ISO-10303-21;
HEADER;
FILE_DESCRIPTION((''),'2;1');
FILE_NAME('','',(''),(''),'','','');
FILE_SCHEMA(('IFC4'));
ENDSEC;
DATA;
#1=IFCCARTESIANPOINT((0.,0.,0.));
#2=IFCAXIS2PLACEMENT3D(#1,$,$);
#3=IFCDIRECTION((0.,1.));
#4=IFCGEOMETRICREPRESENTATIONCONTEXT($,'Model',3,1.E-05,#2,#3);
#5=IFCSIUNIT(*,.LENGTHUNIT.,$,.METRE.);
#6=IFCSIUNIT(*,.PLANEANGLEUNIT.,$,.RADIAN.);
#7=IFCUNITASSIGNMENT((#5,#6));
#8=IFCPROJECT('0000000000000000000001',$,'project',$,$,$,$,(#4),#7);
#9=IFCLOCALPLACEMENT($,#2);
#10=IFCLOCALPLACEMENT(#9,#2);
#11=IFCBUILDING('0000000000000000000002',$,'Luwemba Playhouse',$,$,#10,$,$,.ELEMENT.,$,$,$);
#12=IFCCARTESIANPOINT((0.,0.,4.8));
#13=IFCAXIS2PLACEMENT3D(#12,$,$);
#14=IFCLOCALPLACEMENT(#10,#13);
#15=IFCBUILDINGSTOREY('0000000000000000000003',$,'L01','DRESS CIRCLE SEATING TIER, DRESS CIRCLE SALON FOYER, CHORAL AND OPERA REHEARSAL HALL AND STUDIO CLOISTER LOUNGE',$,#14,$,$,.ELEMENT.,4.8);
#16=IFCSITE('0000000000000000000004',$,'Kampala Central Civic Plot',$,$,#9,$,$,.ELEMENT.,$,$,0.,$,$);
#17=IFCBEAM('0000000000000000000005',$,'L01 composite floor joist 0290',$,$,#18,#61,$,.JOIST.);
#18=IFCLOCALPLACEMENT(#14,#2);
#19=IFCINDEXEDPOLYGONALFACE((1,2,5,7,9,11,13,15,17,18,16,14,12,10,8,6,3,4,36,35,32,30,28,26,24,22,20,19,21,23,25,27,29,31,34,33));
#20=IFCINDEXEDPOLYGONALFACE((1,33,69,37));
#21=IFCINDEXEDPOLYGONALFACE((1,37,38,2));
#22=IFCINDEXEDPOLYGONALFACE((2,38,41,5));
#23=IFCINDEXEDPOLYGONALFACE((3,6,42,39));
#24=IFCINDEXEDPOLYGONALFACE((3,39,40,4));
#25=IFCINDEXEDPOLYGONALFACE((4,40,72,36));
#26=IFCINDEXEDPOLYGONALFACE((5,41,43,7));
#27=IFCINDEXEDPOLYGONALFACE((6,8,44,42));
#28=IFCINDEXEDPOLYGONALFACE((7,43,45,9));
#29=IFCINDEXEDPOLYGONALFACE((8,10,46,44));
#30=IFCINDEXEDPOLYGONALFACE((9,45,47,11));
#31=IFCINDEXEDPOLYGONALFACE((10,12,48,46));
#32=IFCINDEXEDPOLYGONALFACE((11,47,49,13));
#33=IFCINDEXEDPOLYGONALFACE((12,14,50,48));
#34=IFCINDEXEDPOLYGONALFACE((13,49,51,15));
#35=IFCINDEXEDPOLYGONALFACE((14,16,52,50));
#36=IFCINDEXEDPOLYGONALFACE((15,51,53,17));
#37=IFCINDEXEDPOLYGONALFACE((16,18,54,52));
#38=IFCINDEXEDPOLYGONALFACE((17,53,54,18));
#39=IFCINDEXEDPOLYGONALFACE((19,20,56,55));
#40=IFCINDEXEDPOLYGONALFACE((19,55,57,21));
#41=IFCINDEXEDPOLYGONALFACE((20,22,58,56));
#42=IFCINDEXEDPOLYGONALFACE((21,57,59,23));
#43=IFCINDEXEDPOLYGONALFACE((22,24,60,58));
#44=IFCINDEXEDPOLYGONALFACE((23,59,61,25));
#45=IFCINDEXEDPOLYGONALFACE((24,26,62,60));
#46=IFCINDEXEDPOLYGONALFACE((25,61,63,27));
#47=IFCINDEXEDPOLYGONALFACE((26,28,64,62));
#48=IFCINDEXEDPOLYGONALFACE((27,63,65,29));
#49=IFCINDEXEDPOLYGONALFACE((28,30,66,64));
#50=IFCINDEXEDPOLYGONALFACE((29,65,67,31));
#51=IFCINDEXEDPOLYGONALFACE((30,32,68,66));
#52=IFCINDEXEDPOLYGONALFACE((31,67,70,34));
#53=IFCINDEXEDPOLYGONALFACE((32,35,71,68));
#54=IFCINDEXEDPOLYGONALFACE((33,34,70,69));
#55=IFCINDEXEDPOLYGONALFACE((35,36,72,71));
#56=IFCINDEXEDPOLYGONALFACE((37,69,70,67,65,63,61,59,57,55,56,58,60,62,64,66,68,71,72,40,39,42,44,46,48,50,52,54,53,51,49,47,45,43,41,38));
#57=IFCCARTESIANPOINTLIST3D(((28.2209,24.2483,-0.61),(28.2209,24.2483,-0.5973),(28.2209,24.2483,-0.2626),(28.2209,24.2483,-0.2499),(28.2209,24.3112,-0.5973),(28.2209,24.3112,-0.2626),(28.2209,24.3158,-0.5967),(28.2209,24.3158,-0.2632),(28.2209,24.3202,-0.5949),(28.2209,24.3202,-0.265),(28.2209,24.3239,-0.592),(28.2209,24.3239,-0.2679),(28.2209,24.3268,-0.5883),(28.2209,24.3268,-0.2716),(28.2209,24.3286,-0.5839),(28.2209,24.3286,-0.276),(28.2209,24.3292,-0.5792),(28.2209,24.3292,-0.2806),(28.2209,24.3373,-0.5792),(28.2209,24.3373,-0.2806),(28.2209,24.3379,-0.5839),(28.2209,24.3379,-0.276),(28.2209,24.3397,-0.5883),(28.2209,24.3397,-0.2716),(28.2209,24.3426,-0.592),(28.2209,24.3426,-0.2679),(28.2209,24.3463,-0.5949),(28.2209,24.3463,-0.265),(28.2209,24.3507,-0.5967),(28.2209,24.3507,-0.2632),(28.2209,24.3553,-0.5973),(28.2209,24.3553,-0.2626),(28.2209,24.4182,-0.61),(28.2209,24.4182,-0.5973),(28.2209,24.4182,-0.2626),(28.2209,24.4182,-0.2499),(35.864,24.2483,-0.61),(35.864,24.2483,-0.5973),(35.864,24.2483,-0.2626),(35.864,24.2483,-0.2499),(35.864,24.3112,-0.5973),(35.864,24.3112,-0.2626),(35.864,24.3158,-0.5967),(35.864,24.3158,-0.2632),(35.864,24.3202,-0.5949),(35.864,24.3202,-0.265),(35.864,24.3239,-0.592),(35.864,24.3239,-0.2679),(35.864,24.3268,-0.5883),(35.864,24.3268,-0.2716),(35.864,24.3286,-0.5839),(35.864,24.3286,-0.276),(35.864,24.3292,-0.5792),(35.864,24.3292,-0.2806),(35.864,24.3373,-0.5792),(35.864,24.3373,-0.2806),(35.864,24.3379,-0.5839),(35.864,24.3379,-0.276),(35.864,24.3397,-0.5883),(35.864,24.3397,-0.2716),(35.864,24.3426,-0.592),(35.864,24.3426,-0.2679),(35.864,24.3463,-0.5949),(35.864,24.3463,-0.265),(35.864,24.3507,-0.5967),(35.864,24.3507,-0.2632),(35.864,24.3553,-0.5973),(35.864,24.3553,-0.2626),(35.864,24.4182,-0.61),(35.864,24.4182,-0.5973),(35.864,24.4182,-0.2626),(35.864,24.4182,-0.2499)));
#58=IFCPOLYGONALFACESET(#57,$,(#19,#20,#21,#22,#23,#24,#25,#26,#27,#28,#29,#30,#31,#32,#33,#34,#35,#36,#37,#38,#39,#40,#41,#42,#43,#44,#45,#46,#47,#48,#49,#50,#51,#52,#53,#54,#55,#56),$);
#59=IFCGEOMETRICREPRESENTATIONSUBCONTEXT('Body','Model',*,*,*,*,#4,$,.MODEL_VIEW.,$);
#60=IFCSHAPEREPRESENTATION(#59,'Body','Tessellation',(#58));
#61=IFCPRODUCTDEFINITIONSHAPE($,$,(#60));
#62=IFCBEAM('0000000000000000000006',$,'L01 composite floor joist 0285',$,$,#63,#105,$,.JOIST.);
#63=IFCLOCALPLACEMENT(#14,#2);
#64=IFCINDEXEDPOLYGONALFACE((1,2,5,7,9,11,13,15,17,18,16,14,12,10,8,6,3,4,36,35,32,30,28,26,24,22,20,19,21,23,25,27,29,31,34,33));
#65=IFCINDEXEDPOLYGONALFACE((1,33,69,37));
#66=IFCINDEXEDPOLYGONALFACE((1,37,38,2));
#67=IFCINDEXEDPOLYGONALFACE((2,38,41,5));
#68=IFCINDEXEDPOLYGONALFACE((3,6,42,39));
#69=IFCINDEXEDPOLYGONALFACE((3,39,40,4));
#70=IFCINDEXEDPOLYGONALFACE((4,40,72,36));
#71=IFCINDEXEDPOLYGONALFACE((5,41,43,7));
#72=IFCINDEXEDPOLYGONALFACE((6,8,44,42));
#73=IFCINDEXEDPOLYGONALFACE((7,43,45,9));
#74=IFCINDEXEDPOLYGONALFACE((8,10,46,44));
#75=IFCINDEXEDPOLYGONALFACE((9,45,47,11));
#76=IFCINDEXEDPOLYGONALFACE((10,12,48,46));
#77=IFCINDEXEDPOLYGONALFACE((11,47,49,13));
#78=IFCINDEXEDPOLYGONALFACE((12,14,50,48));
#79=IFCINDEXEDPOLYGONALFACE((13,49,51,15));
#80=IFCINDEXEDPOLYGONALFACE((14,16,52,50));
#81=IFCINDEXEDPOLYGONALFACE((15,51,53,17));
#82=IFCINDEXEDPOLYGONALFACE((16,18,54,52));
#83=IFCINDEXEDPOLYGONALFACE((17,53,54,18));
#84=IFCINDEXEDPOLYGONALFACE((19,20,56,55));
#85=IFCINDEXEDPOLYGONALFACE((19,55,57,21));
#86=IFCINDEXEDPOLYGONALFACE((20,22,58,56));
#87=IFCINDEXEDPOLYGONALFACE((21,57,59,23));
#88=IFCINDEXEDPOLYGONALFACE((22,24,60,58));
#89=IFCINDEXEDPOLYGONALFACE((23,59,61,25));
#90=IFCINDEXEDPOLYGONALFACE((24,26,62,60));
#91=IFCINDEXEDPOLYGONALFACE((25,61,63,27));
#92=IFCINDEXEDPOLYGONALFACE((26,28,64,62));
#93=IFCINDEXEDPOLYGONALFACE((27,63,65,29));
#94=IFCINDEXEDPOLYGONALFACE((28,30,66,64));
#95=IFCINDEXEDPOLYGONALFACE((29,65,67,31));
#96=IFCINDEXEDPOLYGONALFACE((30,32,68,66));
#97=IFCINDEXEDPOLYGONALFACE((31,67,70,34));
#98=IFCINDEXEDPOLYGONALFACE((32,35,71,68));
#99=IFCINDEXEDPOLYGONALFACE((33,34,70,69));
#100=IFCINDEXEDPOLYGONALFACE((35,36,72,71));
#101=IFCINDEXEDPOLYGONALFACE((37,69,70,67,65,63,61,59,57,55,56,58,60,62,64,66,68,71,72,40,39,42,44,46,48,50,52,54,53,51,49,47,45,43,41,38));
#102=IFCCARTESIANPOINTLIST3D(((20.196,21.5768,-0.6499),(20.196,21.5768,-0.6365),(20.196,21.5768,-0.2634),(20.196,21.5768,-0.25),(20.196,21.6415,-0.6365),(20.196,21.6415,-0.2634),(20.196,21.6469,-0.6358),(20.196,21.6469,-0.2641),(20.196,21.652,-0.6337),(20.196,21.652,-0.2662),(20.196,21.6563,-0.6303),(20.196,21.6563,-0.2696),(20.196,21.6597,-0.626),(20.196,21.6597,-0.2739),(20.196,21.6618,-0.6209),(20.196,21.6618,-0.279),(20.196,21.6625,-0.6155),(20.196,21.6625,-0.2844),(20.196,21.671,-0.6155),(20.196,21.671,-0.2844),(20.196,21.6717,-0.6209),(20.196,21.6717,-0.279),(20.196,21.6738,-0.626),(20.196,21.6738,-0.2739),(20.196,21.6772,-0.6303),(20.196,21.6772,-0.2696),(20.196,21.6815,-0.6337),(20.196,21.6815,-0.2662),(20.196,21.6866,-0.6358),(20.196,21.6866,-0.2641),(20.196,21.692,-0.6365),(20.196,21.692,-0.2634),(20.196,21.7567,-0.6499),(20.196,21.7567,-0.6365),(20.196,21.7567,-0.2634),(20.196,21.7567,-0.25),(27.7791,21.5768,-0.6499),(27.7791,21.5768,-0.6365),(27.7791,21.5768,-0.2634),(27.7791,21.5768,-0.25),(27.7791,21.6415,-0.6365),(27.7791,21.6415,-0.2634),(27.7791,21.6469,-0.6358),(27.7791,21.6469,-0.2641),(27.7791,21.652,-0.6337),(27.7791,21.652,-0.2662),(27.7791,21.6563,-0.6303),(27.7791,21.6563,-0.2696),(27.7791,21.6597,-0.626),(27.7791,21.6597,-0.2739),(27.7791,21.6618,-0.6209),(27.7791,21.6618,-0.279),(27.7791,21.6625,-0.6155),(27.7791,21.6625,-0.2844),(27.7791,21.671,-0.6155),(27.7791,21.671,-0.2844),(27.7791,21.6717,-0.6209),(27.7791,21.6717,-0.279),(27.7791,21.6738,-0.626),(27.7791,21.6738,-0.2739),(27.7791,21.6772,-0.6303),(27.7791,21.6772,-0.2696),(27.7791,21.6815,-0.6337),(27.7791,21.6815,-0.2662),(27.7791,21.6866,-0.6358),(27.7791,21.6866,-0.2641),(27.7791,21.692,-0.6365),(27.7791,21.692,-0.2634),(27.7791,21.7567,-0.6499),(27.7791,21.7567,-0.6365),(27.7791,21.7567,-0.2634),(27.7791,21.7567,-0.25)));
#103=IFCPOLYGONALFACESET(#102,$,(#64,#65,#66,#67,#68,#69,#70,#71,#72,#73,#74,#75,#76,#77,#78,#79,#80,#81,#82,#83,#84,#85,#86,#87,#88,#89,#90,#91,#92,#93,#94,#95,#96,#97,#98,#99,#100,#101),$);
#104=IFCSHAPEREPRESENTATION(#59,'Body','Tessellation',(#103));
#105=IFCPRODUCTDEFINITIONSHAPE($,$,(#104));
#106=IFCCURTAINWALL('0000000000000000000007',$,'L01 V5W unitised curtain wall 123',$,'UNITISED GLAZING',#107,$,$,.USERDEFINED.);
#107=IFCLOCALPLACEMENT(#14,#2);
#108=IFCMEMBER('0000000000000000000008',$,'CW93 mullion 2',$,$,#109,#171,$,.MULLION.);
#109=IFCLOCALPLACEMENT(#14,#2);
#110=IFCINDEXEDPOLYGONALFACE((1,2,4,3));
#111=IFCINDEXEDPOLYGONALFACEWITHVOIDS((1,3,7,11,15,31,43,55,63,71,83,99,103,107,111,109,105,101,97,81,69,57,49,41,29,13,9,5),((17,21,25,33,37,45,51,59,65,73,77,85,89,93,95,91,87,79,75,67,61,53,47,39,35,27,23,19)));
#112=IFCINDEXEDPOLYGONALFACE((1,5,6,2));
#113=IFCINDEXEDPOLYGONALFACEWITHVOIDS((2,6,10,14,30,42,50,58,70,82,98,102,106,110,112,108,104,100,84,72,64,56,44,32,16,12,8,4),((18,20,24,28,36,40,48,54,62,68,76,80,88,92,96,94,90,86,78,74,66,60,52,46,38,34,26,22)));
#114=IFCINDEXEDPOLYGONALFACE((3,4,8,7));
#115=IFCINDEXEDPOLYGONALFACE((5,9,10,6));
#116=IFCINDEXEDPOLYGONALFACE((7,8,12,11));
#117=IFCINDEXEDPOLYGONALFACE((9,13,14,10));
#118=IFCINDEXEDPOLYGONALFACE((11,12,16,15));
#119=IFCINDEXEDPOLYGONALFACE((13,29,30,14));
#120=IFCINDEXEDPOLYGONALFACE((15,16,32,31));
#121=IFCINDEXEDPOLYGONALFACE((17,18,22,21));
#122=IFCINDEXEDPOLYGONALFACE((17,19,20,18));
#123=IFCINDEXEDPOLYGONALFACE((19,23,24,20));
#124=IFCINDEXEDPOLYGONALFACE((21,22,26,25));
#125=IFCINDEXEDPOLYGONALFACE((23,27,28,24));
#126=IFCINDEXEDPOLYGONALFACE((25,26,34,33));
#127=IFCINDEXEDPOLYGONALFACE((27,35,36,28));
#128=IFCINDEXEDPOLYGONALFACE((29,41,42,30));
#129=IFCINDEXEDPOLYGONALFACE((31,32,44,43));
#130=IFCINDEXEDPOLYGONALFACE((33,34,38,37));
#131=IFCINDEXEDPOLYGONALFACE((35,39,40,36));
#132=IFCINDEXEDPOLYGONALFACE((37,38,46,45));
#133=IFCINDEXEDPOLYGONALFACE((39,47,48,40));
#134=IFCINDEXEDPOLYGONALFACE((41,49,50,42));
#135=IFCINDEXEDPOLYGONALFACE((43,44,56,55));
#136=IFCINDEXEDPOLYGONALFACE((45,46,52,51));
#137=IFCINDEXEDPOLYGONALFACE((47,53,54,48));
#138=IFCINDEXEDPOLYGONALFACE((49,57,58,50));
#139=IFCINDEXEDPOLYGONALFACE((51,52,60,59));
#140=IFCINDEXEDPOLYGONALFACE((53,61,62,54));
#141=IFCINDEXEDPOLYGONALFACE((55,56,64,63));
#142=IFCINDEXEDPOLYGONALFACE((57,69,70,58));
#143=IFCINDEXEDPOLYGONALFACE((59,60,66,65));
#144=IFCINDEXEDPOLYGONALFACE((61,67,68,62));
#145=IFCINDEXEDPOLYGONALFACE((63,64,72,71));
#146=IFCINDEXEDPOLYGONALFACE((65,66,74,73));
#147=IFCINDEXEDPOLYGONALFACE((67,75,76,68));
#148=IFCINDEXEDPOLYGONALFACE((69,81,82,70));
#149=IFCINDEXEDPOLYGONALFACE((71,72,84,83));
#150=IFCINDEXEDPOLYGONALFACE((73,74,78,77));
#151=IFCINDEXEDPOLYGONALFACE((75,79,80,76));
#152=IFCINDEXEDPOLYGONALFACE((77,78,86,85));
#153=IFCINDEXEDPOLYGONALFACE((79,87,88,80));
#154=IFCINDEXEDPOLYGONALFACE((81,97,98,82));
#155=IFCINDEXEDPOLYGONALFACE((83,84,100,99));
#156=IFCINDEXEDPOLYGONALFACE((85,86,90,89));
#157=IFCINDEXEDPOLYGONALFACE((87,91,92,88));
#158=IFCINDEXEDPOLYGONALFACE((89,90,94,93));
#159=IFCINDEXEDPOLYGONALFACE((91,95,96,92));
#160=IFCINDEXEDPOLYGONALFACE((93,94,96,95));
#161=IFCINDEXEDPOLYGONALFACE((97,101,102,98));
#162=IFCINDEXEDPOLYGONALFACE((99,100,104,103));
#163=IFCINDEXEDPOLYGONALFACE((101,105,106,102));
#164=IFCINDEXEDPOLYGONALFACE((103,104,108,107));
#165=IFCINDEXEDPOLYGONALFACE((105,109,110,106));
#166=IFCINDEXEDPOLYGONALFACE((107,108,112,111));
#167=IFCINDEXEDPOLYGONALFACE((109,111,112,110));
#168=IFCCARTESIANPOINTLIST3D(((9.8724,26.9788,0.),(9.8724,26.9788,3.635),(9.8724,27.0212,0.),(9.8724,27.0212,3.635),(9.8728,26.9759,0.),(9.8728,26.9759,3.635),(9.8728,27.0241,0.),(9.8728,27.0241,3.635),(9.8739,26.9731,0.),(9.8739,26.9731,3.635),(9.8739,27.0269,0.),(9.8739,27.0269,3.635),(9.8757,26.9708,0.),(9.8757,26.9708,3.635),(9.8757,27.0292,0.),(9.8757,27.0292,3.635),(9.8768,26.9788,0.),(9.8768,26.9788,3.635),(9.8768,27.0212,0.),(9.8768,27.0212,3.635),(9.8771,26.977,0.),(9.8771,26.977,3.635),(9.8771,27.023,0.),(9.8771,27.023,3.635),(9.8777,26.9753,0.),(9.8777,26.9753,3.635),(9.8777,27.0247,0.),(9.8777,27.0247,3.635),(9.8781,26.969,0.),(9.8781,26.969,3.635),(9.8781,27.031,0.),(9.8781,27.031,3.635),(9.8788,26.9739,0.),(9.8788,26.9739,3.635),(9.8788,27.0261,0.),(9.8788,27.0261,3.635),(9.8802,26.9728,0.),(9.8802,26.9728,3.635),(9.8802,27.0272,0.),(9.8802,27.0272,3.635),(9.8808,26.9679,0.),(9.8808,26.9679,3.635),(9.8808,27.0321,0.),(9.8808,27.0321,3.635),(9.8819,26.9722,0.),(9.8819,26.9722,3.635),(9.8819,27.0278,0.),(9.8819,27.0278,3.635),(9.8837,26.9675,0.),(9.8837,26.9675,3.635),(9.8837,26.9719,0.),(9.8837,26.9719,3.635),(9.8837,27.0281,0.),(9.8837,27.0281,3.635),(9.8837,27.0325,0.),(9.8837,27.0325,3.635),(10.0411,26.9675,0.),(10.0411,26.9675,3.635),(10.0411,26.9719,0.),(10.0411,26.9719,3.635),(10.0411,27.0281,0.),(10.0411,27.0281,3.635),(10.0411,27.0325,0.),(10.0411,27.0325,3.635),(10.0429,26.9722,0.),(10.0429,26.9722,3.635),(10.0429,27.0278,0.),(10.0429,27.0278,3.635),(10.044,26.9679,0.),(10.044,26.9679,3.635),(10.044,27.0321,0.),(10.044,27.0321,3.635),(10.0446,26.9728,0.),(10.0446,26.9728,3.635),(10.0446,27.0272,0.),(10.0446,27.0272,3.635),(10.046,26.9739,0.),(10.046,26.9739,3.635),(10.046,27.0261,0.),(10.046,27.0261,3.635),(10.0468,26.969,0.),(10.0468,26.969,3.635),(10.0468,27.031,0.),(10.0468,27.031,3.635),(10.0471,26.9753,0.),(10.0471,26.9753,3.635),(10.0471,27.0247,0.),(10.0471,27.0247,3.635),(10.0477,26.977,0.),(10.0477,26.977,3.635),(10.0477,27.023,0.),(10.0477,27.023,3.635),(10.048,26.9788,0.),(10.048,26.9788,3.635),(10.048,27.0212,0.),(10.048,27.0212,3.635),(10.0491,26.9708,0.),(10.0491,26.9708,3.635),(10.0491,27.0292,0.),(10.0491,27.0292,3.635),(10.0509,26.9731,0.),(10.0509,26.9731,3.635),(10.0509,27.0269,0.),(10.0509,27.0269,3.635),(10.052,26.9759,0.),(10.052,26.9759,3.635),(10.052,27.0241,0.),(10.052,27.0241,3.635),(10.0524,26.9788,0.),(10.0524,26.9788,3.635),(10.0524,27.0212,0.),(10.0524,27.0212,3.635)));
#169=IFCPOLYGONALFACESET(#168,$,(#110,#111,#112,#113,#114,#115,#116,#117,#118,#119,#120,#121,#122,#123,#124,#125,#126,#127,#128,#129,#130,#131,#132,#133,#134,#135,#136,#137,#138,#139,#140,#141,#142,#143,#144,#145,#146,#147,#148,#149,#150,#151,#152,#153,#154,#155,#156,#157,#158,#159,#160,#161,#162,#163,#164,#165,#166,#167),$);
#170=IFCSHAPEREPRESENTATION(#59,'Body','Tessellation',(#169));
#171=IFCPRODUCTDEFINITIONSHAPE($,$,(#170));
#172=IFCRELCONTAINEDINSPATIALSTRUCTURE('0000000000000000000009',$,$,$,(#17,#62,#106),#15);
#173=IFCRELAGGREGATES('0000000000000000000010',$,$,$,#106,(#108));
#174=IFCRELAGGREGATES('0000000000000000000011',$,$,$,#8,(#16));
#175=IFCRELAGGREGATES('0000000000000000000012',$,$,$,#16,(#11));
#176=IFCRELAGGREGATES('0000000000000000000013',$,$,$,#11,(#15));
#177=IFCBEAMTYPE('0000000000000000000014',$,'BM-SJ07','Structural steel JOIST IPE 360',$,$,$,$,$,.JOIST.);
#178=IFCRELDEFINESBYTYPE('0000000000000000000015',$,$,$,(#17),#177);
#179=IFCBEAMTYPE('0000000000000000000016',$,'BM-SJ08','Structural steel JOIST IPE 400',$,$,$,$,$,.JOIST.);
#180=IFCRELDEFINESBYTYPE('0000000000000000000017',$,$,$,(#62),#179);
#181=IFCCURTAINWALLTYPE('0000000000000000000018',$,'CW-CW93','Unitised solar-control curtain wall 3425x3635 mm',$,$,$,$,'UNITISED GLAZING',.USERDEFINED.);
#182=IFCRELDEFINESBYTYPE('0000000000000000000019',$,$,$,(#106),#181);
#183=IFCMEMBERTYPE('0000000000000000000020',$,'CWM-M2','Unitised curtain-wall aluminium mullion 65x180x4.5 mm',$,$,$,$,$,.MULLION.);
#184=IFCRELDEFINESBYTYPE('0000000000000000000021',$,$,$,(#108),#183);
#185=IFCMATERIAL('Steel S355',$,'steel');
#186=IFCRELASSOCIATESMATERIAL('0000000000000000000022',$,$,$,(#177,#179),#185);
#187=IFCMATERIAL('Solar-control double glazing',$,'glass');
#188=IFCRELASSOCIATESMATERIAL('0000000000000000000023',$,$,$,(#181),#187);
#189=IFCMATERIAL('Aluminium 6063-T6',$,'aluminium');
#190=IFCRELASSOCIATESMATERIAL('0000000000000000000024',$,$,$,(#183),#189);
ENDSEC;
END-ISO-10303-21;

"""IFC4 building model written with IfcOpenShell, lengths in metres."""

from ifc_helpers import new_model, si_unit, direction, frame, origin, origin_2d, place, context, subcontext, project, spatial, hollow_rectangle, i_section, extrude, material, material_profile, profile_set, type_object, element, aggregate, save


model = new_model("IFC4")

# Units and contexts
model_context = context("Model", 3, precision=1e-05, world=origin(), true_north=direction((0.0, 1.0)))
body_context = subcontext(model_context, "Body", "Model", "MODEL_VIEW")
ifc_project = project(units=[si_unit("LENGTHUNIT", "METRE"), si_unit("PLANEANGLEUNIT", "RADIAN")], contexts=[model_context])

# Site, building, storey
site_placement = place(None, origin())
site = spatial("IfcSite", under=ifc_project, at=site_placement, Name="Kampala Central Civic Plot", CompositionType="ELEMENT", RefElevation=0.0)
building_placement = place(site_placement, origin())
building = spatial("IfcBuilding", under=site, at=building_placement, Name="Luwemba Playhouse", CompositionType="ELEMENT")
storey_placement = place(building_placement, frame((0.0, 0.0, 4.8)))
storey = spatial("IfcBuildingStorey", under=building, at=storey_placement, Name="L01", Description="DRESS CIRCLE SEATING TIER, DRESS CIRCLE SALON FOYER, CHORAL AND OPERA REHEARSAL HALL AND STUDIO CLOISTER LOUNGE", CompositionType="ELEMENT", Elevation=4.8)

# Beams
ifc_material_1 = material(Name="Steel S355", Category="steel")
ifc_material_profile_1 = material_profile(ifc_material_1, i_section(OverallWidth=0.1699, OverallDepth=0.3601, WebThickness=0.0081, FlangeThickness=0.0127, FilletRadius=0.0181, at=origin_2d()))
ifc_profile_set_1 = profile_set([ifc_material_profile_1], Name="Steel S355")
beam_type_1 = type_object("IfcBeamType", Name="BM-SJ07", Description="Structural steel JOIST IPE 360", PredefinedType="JOIST", material=ifc_profile_set_1)
beam_1_placement = place(storey_placement, frame((28.2209, 24.3333, -0.4299), z_axis=(1.0, 0.0, 0.0), x_axis=(0.0, 1.0, 0.0)))
element("IfcBeam", 1, at=beam_1_placement, inside=storey, type_object=beam_type_1, Name="L01 composite floor joist 0290", PredefinedType="JOIST", context=body_context, shape_type="SweptSolid", body=[
    extrude(i_section(OverallWidth=0.1699, OverallDepth=0.3601, WebThickness=0.0081, FlangeThickness=0.0127, FilletRadius=0.0181, at=origin_2d()), origin(), (0.0, 0.0, 1.0), 7.6431),
])
ifc_material_profile_2 = material_profile(ifc_material_1, i_section(OverallWidth=0.1799, OverallDepth=0.3999, WebThickness=0.0085, FlangeThickness=0.0134, FilletRadius=0.021, at=origin_2d()))
ifc_profile_set_2 = profile_set([ifc_material_profile_2], Name="Steel S355")
beam_type_2 = type_object("IfcBeamType", Name="BM-SJ08", Description="Structural steel JOIST IPE 400", PredefinedType="JOIST", material=ifc_profile_set_2)
beam_2_placement = place(storey_placement, frame((20.196, 21.6667, -0.45), z_axis=(1.0, 0.0, 0.0), x_axis=(0.0, 1.0, 0.0)))
element("IfcBeam", 2, at=beam_2_placement, inside=storey, type_object=beam_type_2, Name="L01 composite floor joist 0285", PredefinedType="JOIST", context=body_context, shape_type="SweptSolid", body=[
    extrude(i_section(OverallWidth=0.1799, OverallDepth=0.3999, WebThickness=0.0085, FlangeThickness=0.0134, FilletRadius=0.021, at=origin_2d()), origin(), (0.0, 0.0, 1.0), 7.583),
])

# Curtain wall, member
ifc_material_2 = material(Name="Solar-control double glazing", Category="glass")
curtain_wall_type = type_object("IfcCurtainWallType", Name="CW-CW93", Description="Unitised solar-control curtain wall 3425x3635 mm", ElementType="UNITISED GLAZING", PredefinedType="USERDEFINED", material=ifc_material_2)
curtain_wall_placement = place(storey_placement, origin())
curtain_wall = element("IfcCurtainWall", 3, at=curtain_wall_placement, inside=storey, type_object=curtain_wall_type, Name="L01 V5W unitised curtain wall 123", ObjectType="UNITISED GLAZING", PredefinedType="USERDEFINED")
ifc_material_3 = material(Name="Aluminium 6063-T6", Category="aluminium")
ifc_material_profile_3 = material_profile(ifc_material_3, hollow_rectangle(XDim=0.0649, YDim=0.1799, WallThickness=0.0044, InnerFilletRadius=0.0068, OuterFilletRadius=0.0112, at=origin_2d()))
ifc_profile_set_3 = profile_set([ifc_material_profile_3], Name="Aluminium 6063-T6")
member_type_1 = type_object("IfcMemberType", Name="CWM-M2", Description="Unitised curtain-wall aluminium mullion 65x180x4.5 mm", PredefinedType="MULLION", material=ifc_profile_set_3)
member_1_placement = place(storey_placement, frame((9.9624, 27.0, 0.0), z_axis=(0.0, 0.0, 1.0), x_axis=(0.0, 1.0, 0.0)))
member_1 = element("IfcMember", 4, at=member_1_placement, type_object=member_type_1, Name="CW93 mullion 2", PredefinedType="MULLION", context=body_context, shape_type="SweptSolid", body=[
    extrude(hollow_rectangle(XDim=0.0649, YDim=0.1799, WallThickness=0.0044, InnerFilletRadius=0.0068, OuterFilletRadius=0.0112, at=origin_2d()), origin(), (0.0, 0.0, 1.0), 3.635),
])
aggregate(curtain_wall, [member_1])

save(model, "model.ifc")
